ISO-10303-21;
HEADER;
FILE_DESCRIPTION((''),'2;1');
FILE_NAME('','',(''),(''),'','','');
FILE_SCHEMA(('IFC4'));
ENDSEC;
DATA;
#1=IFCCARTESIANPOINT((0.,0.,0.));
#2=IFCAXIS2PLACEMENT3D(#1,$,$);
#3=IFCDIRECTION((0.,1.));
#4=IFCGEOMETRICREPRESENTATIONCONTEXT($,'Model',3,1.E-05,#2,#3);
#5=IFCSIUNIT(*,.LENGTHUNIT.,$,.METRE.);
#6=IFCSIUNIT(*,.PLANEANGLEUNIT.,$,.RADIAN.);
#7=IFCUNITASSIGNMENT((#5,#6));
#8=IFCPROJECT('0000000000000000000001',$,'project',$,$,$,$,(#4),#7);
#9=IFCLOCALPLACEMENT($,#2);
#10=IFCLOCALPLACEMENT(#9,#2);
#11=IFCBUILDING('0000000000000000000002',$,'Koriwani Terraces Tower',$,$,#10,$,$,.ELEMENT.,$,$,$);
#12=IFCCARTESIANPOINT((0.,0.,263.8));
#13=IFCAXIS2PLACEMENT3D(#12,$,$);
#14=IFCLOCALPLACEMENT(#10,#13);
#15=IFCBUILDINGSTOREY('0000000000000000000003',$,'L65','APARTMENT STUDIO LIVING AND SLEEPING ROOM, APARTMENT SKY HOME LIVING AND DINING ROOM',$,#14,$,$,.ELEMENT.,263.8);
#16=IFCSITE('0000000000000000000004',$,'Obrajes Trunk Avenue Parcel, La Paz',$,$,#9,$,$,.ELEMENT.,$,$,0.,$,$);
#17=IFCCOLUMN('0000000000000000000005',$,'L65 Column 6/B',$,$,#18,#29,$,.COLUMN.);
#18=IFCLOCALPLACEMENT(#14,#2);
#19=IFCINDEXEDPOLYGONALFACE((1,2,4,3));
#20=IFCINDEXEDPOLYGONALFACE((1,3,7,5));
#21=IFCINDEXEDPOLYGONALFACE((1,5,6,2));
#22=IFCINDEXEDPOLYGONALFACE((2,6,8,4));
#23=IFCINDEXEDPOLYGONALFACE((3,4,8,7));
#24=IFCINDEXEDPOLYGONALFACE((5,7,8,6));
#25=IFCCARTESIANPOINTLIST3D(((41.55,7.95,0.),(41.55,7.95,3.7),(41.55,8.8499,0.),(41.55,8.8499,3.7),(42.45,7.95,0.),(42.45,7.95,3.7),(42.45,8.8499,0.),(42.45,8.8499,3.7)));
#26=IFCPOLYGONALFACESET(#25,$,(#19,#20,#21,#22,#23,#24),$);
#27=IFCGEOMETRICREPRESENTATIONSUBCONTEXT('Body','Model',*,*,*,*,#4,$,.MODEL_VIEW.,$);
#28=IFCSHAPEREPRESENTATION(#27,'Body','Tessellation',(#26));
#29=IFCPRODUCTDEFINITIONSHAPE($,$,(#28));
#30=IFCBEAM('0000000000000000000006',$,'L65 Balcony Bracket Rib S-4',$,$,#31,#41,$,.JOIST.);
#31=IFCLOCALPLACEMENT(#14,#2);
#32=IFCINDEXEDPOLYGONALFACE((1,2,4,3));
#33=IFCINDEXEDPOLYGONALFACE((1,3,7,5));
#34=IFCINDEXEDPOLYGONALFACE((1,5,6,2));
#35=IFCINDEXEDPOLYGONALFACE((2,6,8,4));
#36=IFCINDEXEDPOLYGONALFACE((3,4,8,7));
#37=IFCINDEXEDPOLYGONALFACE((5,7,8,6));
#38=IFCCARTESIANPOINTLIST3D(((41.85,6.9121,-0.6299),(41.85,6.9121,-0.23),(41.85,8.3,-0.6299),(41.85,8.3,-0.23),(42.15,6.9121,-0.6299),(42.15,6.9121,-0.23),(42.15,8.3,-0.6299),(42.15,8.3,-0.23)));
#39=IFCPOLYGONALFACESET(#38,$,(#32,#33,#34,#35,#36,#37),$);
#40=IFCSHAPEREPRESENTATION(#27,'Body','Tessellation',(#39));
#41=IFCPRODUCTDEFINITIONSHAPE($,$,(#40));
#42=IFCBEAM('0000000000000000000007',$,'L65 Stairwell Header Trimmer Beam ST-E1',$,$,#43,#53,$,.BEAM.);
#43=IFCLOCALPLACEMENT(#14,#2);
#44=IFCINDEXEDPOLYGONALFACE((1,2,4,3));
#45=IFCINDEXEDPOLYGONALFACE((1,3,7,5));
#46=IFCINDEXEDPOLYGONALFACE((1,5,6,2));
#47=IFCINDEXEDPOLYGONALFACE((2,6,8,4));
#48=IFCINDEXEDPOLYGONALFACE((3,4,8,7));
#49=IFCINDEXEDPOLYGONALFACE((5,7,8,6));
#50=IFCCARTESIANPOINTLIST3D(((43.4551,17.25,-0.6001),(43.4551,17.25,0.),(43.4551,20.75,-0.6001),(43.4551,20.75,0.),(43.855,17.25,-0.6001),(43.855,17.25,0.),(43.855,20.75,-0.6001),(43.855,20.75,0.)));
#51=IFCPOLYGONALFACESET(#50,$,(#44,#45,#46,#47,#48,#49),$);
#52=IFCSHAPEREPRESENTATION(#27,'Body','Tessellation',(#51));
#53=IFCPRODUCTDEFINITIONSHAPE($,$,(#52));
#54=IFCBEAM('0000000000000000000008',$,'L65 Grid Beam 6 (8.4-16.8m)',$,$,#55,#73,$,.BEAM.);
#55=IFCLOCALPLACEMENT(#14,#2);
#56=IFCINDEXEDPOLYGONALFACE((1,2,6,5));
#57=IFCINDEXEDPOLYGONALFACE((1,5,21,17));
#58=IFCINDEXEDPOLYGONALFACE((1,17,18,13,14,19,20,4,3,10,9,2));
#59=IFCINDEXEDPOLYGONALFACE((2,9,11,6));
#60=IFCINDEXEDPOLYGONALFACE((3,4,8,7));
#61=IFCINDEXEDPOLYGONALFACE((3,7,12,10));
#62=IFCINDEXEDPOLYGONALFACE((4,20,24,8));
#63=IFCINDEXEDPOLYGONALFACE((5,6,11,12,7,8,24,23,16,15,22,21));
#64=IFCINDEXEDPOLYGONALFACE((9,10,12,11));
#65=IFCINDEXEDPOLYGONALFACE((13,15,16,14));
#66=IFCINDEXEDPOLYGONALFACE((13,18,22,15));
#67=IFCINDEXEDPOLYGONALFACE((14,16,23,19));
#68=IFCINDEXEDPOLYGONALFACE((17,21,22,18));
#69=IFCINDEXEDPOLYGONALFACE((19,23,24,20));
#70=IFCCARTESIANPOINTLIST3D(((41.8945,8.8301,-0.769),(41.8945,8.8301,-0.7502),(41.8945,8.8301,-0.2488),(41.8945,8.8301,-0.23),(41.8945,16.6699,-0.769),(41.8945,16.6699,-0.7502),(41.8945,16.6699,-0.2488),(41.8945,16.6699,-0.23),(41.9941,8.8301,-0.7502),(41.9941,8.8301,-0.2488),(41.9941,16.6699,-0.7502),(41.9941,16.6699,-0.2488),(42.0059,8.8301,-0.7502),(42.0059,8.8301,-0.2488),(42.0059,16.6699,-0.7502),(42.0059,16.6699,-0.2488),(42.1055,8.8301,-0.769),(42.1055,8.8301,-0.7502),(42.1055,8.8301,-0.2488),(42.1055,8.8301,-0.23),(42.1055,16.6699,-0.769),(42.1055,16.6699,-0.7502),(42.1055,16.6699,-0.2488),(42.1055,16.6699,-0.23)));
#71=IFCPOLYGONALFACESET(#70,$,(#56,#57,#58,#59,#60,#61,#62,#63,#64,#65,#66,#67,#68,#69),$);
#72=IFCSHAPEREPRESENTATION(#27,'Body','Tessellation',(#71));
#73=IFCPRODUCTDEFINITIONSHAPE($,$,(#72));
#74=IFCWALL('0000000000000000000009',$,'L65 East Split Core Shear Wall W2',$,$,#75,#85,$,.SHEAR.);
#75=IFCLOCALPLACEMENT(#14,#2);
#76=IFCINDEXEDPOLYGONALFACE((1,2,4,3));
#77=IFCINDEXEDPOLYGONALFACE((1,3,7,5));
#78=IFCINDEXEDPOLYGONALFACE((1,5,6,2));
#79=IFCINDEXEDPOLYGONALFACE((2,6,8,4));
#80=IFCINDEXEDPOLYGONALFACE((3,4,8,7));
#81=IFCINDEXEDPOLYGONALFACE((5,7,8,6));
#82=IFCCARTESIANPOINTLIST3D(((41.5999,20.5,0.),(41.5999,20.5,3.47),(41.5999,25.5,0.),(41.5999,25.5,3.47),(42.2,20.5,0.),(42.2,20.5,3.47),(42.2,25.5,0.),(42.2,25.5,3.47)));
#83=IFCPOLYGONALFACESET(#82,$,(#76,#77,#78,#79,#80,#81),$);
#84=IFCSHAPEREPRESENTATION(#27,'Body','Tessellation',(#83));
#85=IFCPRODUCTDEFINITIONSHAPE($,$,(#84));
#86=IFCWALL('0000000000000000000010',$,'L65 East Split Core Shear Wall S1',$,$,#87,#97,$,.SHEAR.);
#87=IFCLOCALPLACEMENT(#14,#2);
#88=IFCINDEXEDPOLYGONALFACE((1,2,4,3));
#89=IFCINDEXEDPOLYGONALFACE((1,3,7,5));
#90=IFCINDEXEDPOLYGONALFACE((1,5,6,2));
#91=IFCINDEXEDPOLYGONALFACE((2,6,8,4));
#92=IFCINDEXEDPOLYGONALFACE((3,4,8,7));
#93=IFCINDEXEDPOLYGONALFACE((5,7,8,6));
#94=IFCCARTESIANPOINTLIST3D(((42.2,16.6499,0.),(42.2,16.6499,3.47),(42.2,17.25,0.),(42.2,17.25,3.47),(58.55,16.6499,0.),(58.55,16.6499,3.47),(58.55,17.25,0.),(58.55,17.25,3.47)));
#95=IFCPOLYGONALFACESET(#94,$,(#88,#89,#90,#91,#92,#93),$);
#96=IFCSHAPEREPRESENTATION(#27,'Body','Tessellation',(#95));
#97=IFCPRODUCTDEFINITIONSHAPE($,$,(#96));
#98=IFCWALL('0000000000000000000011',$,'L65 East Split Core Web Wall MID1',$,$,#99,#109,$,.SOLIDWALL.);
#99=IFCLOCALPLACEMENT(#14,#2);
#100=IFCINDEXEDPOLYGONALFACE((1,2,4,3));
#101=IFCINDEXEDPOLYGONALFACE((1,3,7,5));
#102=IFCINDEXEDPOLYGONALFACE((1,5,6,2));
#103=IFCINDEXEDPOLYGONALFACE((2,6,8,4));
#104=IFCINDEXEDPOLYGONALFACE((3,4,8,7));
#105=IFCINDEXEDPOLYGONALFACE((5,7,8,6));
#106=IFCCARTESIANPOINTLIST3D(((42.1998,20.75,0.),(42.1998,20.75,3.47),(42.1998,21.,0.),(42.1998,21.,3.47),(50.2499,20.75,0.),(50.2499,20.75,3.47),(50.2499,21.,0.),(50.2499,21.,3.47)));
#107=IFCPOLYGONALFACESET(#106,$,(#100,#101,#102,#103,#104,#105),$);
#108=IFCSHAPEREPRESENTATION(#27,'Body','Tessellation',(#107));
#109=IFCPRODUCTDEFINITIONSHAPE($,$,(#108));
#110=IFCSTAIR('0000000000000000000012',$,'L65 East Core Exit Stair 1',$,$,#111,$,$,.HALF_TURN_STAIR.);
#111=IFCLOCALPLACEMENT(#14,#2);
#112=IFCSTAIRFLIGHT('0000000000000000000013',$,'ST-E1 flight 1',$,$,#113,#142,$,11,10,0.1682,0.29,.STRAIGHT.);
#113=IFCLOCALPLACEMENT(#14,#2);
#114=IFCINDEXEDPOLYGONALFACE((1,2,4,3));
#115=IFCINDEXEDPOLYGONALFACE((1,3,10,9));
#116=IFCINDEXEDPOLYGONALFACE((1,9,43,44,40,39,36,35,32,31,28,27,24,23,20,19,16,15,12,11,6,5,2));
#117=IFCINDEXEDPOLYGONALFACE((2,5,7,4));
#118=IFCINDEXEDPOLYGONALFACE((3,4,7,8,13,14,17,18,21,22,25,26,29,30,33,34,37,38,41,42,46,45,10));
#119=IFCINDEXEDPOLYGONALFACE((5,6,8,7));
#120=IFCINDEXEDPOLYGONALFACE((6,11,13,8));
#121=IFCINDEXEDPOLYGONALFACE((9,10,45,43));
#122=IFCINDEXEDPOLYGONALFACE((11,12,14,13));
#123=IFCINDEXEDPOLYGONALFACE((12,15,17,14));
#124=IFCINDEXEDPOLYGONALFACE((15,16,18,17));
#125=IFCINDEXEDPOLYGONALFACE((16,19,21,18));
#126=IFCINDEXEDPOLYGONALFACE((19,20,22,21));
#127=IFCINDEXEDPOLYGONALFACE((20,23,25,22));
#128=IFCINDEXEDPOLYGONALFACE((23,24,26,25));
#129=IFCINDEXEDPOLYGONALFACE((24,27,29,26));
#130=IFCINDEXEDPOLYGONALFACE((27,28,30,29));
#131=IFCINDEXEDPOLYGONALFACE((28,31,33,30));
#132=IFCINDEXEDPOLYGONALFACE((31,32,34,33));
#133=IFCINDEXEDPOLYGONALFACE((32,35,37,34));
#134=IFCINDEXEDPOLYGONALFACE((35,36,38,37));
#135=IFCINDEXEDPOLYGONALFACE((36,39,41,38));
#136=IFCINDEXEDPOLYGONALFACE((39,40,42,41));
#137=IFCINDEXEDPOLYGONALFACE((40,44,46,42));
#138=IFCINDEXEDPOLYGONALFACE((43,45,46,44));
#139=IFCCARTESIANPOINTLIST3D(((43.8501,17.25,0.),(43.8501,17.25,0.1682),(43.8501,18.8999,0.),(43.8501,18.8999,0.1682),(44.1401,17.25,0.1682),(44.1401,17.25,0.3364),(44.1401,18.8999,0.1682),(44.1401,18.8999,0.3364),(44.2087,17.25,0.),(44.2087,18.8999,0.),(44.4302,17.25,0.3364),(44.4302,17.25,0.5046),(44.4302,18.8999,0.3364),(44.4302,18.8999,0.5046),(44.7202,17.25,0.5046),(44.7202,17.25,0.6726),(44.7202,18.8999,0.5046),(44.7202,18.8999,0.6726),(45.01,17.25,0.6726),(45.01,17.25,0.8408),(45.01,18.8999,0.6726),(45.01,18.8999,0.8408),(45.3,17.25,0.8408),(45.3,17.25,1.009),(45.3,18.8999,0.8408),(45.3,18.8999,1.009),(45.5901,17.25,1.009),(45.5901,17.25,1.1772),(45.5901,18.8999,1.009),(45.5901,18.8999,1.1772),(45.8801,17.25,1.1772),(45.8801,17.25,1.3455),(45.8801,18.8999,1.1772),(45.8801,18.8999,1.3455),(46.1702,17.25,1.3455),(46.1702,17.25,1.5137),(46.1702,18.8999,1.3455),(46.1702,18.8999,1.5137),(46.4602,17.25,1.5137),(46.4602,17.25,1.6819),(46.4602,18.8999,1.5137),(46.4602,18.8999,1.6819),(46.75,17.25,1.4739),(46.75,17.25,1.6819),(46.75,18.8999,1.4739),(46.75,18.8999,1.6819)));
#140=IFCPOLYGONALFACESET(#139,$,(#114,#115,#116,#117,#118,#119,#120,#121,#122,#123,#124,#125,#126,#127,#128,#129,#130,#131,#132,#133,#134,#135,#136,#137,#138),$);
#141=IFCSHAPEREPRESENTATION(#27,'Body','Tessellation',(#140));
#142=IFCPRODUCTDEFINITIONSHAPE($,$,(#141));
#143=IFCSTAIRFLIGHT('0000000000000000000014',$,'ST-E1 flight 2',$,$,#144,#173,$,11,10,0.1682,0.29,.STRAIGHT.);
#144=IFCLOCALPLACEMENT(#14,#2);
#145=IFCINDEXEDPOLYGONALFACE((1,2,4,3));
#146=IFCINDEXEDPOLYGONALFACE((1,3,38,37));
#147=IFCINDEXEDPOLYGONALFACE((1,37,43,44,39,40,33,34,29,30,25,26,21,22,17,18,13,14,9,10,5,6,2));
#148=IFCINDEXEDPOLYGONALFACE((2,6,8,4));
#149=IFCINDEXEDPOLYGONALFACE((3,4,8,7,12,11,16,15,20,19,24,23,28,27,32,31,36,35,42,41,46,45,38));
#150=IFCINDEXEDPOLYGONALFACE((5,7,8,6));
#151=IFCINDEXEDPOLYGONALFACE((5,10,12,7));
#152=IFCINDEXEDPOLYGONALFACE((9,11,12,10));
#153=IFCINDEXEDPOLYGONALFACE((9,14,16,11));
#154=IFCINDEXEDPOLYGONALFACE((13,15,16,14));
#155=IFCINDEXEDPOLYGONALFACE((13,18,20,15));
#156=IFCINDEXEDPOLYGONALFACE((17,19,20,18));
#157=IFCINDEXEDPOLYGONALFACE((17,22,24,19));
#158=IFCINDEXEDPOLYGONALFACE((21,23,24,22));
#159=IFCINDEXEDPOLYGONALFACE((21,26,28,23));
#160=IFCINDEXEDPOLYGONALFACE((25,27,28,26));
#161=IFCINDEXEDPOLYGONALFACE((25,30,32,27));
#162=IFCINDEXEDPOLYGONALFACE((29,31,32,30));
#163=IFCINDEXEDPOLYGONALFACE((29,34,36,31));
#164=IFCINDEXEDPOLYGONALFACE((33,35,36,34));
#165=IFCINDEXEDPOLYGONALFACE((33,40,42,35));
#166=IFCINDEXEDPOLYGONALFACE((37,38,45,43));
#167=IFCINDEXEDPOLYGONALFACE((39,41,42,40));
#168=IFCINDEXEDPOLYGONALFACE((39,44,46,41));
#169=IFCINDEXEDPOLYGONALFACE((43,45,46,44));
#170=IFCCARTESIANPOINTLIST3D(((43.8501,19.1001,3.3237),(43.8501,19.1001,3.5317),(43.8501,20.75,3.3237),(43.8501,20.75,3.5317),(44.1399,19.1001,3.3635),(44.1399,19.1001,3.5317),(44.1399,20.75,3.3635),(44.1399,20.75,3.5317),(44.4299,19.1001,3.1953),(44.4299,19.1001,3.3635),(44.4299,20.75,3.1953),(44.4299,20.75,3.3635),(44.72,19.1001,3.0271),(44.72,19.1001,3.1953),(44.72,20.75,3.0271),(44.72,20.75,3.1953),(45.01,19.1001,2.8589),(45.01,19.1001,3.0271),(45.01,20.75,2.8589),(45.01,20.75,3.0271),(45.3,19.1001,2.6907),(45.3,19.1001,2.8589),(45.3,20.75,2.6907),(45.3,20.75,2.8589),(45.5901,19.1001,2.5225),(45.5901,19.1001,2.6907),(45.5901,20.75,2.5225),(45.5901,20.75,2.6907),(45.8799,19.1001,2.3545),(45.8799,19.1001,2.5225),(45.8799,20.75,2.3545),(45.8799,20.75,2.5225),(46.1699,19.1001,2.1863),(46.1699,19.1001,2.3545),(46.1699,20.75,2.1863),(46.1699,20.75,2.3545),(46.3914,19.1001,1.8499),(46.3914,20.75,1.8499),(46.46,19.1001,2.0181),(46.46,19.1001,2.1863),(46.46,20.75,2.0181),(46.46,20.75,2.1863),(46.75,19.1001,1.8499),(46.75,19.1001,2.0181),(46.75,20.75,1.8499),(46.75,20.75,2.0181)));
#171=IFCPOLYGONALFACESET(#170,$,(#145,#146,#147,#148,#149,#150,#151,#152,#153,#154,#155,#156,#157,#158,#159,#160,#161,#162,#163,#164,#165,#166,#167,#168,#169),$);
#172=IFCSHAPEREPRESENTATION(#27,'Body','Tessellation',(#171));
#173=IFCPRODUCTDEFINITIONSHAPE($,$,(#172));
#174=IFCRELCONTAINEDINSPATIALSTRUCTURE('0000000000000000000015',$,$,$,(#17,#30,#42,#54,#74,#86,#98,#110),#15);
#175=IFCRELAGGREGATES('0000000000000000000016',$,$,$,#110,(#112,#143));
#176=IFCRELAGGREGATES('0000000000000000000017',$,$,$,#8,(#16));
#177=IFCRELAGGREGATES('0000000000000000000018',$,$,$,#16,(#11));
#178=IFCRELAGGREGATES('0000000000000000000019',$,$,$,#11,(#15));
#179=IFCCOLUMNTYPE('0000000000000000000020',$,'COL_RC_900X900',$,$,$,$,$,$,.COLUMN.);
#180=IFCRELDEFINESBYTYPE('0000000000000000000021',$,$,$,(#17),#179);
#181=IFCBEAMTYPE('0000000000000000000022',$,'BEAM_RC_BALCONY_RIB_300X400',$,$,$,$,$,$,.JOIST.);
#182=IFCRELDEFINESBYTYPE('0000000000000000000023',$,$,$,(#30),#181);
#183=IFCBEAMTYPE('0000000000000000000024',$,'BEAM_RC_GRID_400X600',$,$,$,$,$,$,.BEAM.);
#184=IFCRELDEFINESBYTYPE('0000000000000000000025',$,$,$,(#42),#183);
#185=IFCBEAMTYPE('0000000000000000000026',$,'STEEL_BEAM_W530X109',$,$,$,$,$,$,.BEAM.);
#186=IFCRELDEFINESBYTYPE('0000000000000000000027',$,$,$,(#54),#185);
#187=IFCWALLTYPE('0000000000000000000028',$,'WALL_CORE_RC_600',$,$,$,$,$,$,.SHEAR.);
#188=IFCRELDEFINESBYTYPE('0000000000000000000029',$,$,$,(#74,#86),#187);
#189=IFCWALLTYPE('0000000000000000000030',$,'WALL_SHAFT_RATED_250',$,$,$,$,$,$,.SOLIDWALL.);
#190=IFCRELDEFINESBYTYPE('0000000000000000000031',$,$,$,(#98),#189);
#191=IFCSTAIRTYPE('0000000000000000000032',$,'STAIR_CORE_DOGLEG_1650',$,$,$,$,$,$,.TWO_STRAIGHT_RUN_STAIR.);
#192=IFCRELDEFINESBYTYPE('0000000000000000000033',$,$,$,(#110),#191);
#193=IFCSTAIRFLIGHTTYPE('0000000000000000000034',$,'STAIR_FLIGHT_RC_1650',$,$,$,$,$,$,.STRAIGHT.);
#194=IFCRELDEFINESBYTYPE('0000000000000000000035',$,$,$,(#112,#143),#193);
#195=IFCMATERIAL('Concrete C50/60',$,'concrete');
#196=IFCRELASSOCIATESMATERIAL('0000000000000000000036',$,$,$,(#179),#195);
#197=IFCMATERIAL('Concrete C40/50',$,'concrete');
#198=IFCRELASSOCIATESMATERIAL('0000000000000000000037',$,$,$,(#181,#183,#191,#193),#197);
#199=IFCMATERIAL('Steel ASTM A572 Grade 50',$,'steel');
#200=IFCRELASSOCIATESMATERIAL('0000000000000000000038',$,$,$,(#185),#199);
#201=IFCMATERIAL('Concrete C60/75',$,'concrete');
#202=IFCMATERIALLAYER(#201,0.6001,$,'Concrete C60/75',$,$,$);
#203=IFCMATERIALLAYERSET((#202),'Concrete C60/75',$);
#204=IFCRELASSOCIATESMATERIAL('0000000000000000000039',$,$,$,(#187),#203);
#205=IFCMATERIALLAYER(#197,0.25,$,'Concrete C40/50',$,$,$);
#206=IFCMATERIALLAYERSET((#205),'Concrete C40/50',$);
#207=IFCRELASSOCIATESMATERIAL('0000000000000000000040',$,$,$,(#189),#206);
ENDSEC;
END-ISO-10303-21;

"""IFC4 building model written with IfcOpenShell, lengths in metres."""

from ifc_helpers import new_model, si_unit, direction, frame, frame_2d, origin, origin_2d, place, context, subcontext, project, spatial, polyline, rectangle, i_section, outline, extrude, material, layer, layer_set, material_profile, profile_set, type_object, element, aggregate, save


model = new_model("IFC4")

# Units and contexts
model_context = context("Model", 3, precision=1e-05, world=origin(), true_north=direction((0.0, 1.0)))
body_context = subcontext(model_context, "Body", "Model", "MODEL_VIEW")
ifc_project = project(units=[si_unit("LENGTHUNIT", "METRE"), si_unit("PLANEANGLEUNIT", "RADIAN")], contexts=[model_context])

# Site, building, storey
site_placement = place(None, origin())
site = spatial("IfcSite", under=ifc_project, at=site_placement, Name="Obrajes Trunk Avenue Parcel, La Paz", CompositionType="ELEMENT", RefElevation=0.0)
building_placement = place(site_placement, origin())
building = spatial("IfcBuilding", under=site, at=building_placement, Name="Koriwani Terraces Tower", CompositionType="ELEMENT")
storey_placement = place(building_placement, frame((0.0, 0.0, 263.8)))
storey = spatial("IfcBuildingStorey", under=building, at=storey_placement, Name="L65", Description="APARTMENT STUDIO LIVING AND SLEEPING ROOM, APARTMENT SKY HOME LIVING AND DINING ROOM", CompositionType="ELEMENT", Elevation=263.8)

# Column
ifc_material_1 = material(Name="Concrete C50/60", Category="concrete")
ifc_material_profile_1 = material_profile(ifc_material_1, rectangle(XDim=0.8999, YDim=0.8999, at=origin_2d()), Name="Concrete C50/60", Category="LoadBearing")
ifc_profile_set_1 = profile_set([ifc_material_profile_1], Name="Concrete C50/60")
column_type = type_object("IfcColumnType", Name="COL_RC_900X900", PredefinedType="COLUMN", material=ifc_profile_set_1)
column_placement = place(storey_placement, frame((42.0, 8.3999, 0.0), z_axis=(0.0, 0.0, 1.0), x_axis=(1.0, 0.0, 0.0)))
element("IfcColumn", 1, at=column_placement, inside=storey, type_object=column_type, Name="L65 Column 6/B", PredefinedType="COLUMN", context=body_context, shape_type="SweptSolid", body=[
    extrude(rectangle(XDim=0.8999, YDim=0.8999, at=origin_2d()), origin(), (0.0, 0.0, 1.0), 3.7),
])

# Beams
ifc_material_2 = material(Name="Concrete C40/50", Category="concrete")
ifc_material_profile_2 = material_profile(ifc_material_2, rectangle(XDim=0.3, YDim=0.3999, at=origin_2d()), Name="Concrete C40/50", Category="LoadBearing")
ifc_profile_set_2 = profile_set([ifc_material_profile_2], Name="Concrete C40/50")
beam_type_1 = type_object("IfcBeamType", Name="BEAM_RC_BALCONY_RIB_300X400", PredefinedType="JOIST", material=ifc_profile_set_2)
beam_1_placement = place(storey_placement, frame((42.0, 6.9121, -0.4299), z_axis=(0.0, 1.0, 0.0), x_axis=(-1.0, 0.0, 0.0)))
element("IfcBeam", 2, at=beam_1_placement, inside=storey, type_object=beam_type_1, Name="L65 Balcony Bracket Rib S-4", PredefinedType="JOIST", context=body_context, shape_type="SweptSolid", body=[
    extrude(rectangle(XDim=0.3, YDim=0.3999, at=origin_2d()), origin(), (0.0, 0.0, 1.0), 1.3879),
])
ifc_material_profile_3 = material_profile(ifc_material_2, rectangle(XDim=0.3999, YDim=0.6001, at=origin_2d()), Name="Concrete C40/50", Category="LoadBearing")
ifc_profile_set_3 = profile_set([ifc_material_profile_3], Name="Concrete C40/50")
beam_type_2 = type_object("IfcBeamType", Name="BEAM_RC_GRID_400X600", PredefinedType="BEAM", material=ifc_profile_set_3)
beam_2_placement = place(storey_placement, frame((43.655, 17.25, -0.3), z_axis=(0.0, 1.0, 0.0), x_axis=(-1.0, 0.0, 0.0)))
element("IfcBeam", 3, at=beam_2_placement, inside=storey, type_object=beam_type_2, Name="L65 Stairwell Header Trimmer Beam ST-E1", PredefinedType="BEAM", context=body_context, shape_type="SweptSolid", body=[
    extrude(rectangle(XDim=0.3999, YDim=0.6001, at=origin_2d()), origin(), (0.0, 0.0, 1.0), 3.5),
])
ifc_material_3 = material(Name="Steel ASTM A572 Grade 50", Category="steel")
ifc_material_profile_4 = material_profile(ifc_material_3, i_section(OverallWidth=0.2109, OverallDepth=0.5391, WebThickness=0.0117, FlangeThickness=0.0188, at=origin_2d()), Name="Steel ASTM A572 Grade 50", Category="LoadBearing")
ifc_profile_set_4 = profile_set([ifc_material_profile_4], Name="Steel ASTM A572 Grade 50")
beam_type_3 = type_object("IfcBeamType", Name="STEEL_BEAM_W530X109", PredefinedType="BEAM", material=ifc_profile_set_4)
beam_3_placement = place(storey_placement, frame((42.0, 8.8301, -0.4995), z_axis=(0.0, 1.0, 0.0), x_axis=(-1.0, 0.0, 0.0)))
element("IfcBeam", 4, at=beam_3_placement, inside=storey, type_object=beam_type_3, Name="L65 Grid Beam 6 (8.4-16.8m)", PredefinedType="BEAM", context=body_context, shape_type="SweptSolid", body=[
    extrude(i_section(OverallWidth=0.2109, OverallDepth=0.5391, WebThickness=0.0117, FlangeThickness=0.0188, at=origin_2d()), origin(), (0.0, 0.0, 1.0), 7.8398),
])

# Walls
ifc_material_4 = material(Name="Concrete C60/75", Category="concrete")
ifc_layer_1 = layer(ifc_material_4, 0.6001, Name="Concrete C60/75")
ifc_layer_set_1 = layer_set([ifc_layer_1], Name="Concrete C60/75")
wall_type_1 = type_object("IfcWallType", Name="WALL_CORE_RC_600", PredefinedType="SHEAR", material=ifc_layer_set_1)
wall_1_placement = place(storey_placement, frame((41.8999, 20.5, 0.0), z_axis=(0.0, 0.0, 1.0), x_axis=(0.0, 1.0, 0.0)))
element("IfcWall", 5, at=wall_1_placement, inside=storey, type_object=wall_type_1, Name="L65 East Split Core Shear Wall W2", PredefinedType="SHEAR", context=body_context, shape_type="SweptSolid", body=[
    extrude(rectangle(XDim=5.0, YDim=0.6001, at=frame_2d((2.5, 0.0))), origin(), (0.0, 0.0, 1.0), 3.47),
])
wall_2_placement = place(storey_placement, frame((42.2, 16.95, 0.0), z_axis=(0.0, 0.0, 1.0), x_axis=(1.0, 0.0, 0.0)))
element("IfcWall", 6, at=wall_2_placement, inside=storey, type_object=wall_type_1, Name="L65 East Split Core Shear Wall S1", PredefinedType="SHEAR", context=body_context, shape_type="SweptSolid", body=[
    extrude(rectangle(XDim=16.3501, YDim=0.6001, at=frame_2d((8.175, 0.0))), origin(), (0.0, 0.0, 1.0), 3.47),
])
ifc_layer_2 = layer(ifc_material_2, 0.25, Name="Concrete C40/50")
ifc_layer_set_2 = layer_set([ifc_layer_2], Name="Concrete C40/50")
wall_type_2 = type_object("IfcWallType", Name="WALL_SHAFT_RATED_250", PredefinedType="SOLIDWALL", material=ifc_layer_set_2)
wall_3_placement = place(storey_placement, frame((42.2, 20.875, 0.0), z_axis=(0.0, 0.0, 1.0), x_axis=(1.0, 0.0, 0.0)))
element("IfcWall", 7, at=wall_3_placement, inside=storey, type_object=wall_type_2, Name="L65 East Split Core Web Wall MID1", PredefinedType="SOLIDWALL", context=body_context, shape_type="SweptSolid", body=[
    extrude(rectangle(XDim=8.05, YDim=0.25, at=frame_2d((4.0249, 0.0))), origin(), (0.0, 0.0, 1.0), 3.47),
])

# Stair, stair flights
stair_type = type_object("IfcStairType", Name="STAIR_CORE_DOGLEG_1650", PredefinedType="TWO_STRAIGHT_RUN_STAIR", material=ifc_material_2)
stair_placement = place(storey_placement, origin())
stair = element("IfcStair", 8, at=stair_placement, inside=storey, type_object=stair_type, Name="L65 East Core Exit Stair 1", PredefinedType="HALF_TURN_STAIR")
stair_flight_type = type_object("IfcStairFlightType", Name="STAIR_FLIGHT_RC_1650", PredefinedType="STRAIGHT", material=ifc_material_2)
stair_flight_1_placement = place(storey_placement, frame((43.8501, 18.075, 0.0), z_axis=(0.0, 0.0, 1.0), x_axis=(1.0, 0.0, 0.0)))
stair_flight_1 = element("IfcStairFlight", 9, at=stair_flight_1_placement, type_object=stair_flight_type, Name="ST-E1 flight 1", NumberOfRisers=11, NumberOfTreads=10, PredefinedType="STRAIGHT", RiserHeight=0.1682, TreadLength=0.29, context=body_context, shape_type="SweptSolid", body=[
    extrude(outline(polyline([(0.0, 0.0), (0.0, 0.1682), (0.29, 0.1682), (0.29, 0.3364), (0.5801, 0.3364), (0.5801, 0.5046), (0.8701, 0.5046), (0.8701, 0.6726), (1.1599, 0.6726), (1.1599, 0.8408), (1.45, 0.8408), (1.45, 1.009), (1.74, 1.009), (1.74, 1.1772), (2.03, 1.1772), (2.03, 1.3455), (2.3201, 1.3455), (2.3201, 1.5137), (2.6101, 1.5137), (2.6101, 1.6819), (2.8999, 1.6819), (2.8999, 1.8501), (2.8999, 1.4739), (0.3586, 0.0), (0.0, 0.0)])), frame((0.0, 0.825, 0.0), z_axis=(0.0, -1.0, 0.0), x_axis=(1.0, 0.0, 0.0)), (0.0, 0.0, 1.0), 1.6499),
])
stair_flight_2_placement = place(storey_placement, frame((46.75, 19.925, 1.8499), z_axis=(0.0, 0.0, 1.0), x_axis=(-1.0, 0.0, 0.0)))
stair_flight_2 = element("IfcStairFlight", 10, at=stair_flight_2_placement, type_object=stair_flight_type, Name="ST-E1 flight 2", NumberOfRisers=11, NumberOfTreads=10, PredefinedType="STRAIGHT", RiserHeight=0.1682, TreadLength=0.29, context=body_context, shape_type="SweptSolid", body=[
    extrude(outline(polyline([(0.0, 0.0), (0.0, 0.1682), (0.29, 0.1682), (0.29, 0.3364), (0.5801, 0.3364), (0.5801, 0.5046), (0.8701, 0.5046), (0.8701, 0.6726), (1.1599, 0.6726), (1.1599, 0.8408), (1.45, 0.8408), (1.45, 1.009), (1.74, 1.009), (1.74, 1.1772), (2.03, 1.1772), (2.03, 1.3455), (2.3201, 1.3455), (2.3201, 1.5137), (2.6101, 1.5137), (2.6101, 1.6819), (2.8999, 1.6819), (2.8999, 1.8501), (2.8999, 1.4739), (0.3586, 0.0), (0.0, 0.0)])), frame((0.0, 0.825, 0.0), z_axis=(0.0, -1.0, 0.0), x_axis=(1.0, 0.0, 0.0)), (0.0, 0.0, 1.0), 1.6499),
])
aggregate(stair, [stair_flight_1, stair_flight_2])

save(model, "model.ifc")
